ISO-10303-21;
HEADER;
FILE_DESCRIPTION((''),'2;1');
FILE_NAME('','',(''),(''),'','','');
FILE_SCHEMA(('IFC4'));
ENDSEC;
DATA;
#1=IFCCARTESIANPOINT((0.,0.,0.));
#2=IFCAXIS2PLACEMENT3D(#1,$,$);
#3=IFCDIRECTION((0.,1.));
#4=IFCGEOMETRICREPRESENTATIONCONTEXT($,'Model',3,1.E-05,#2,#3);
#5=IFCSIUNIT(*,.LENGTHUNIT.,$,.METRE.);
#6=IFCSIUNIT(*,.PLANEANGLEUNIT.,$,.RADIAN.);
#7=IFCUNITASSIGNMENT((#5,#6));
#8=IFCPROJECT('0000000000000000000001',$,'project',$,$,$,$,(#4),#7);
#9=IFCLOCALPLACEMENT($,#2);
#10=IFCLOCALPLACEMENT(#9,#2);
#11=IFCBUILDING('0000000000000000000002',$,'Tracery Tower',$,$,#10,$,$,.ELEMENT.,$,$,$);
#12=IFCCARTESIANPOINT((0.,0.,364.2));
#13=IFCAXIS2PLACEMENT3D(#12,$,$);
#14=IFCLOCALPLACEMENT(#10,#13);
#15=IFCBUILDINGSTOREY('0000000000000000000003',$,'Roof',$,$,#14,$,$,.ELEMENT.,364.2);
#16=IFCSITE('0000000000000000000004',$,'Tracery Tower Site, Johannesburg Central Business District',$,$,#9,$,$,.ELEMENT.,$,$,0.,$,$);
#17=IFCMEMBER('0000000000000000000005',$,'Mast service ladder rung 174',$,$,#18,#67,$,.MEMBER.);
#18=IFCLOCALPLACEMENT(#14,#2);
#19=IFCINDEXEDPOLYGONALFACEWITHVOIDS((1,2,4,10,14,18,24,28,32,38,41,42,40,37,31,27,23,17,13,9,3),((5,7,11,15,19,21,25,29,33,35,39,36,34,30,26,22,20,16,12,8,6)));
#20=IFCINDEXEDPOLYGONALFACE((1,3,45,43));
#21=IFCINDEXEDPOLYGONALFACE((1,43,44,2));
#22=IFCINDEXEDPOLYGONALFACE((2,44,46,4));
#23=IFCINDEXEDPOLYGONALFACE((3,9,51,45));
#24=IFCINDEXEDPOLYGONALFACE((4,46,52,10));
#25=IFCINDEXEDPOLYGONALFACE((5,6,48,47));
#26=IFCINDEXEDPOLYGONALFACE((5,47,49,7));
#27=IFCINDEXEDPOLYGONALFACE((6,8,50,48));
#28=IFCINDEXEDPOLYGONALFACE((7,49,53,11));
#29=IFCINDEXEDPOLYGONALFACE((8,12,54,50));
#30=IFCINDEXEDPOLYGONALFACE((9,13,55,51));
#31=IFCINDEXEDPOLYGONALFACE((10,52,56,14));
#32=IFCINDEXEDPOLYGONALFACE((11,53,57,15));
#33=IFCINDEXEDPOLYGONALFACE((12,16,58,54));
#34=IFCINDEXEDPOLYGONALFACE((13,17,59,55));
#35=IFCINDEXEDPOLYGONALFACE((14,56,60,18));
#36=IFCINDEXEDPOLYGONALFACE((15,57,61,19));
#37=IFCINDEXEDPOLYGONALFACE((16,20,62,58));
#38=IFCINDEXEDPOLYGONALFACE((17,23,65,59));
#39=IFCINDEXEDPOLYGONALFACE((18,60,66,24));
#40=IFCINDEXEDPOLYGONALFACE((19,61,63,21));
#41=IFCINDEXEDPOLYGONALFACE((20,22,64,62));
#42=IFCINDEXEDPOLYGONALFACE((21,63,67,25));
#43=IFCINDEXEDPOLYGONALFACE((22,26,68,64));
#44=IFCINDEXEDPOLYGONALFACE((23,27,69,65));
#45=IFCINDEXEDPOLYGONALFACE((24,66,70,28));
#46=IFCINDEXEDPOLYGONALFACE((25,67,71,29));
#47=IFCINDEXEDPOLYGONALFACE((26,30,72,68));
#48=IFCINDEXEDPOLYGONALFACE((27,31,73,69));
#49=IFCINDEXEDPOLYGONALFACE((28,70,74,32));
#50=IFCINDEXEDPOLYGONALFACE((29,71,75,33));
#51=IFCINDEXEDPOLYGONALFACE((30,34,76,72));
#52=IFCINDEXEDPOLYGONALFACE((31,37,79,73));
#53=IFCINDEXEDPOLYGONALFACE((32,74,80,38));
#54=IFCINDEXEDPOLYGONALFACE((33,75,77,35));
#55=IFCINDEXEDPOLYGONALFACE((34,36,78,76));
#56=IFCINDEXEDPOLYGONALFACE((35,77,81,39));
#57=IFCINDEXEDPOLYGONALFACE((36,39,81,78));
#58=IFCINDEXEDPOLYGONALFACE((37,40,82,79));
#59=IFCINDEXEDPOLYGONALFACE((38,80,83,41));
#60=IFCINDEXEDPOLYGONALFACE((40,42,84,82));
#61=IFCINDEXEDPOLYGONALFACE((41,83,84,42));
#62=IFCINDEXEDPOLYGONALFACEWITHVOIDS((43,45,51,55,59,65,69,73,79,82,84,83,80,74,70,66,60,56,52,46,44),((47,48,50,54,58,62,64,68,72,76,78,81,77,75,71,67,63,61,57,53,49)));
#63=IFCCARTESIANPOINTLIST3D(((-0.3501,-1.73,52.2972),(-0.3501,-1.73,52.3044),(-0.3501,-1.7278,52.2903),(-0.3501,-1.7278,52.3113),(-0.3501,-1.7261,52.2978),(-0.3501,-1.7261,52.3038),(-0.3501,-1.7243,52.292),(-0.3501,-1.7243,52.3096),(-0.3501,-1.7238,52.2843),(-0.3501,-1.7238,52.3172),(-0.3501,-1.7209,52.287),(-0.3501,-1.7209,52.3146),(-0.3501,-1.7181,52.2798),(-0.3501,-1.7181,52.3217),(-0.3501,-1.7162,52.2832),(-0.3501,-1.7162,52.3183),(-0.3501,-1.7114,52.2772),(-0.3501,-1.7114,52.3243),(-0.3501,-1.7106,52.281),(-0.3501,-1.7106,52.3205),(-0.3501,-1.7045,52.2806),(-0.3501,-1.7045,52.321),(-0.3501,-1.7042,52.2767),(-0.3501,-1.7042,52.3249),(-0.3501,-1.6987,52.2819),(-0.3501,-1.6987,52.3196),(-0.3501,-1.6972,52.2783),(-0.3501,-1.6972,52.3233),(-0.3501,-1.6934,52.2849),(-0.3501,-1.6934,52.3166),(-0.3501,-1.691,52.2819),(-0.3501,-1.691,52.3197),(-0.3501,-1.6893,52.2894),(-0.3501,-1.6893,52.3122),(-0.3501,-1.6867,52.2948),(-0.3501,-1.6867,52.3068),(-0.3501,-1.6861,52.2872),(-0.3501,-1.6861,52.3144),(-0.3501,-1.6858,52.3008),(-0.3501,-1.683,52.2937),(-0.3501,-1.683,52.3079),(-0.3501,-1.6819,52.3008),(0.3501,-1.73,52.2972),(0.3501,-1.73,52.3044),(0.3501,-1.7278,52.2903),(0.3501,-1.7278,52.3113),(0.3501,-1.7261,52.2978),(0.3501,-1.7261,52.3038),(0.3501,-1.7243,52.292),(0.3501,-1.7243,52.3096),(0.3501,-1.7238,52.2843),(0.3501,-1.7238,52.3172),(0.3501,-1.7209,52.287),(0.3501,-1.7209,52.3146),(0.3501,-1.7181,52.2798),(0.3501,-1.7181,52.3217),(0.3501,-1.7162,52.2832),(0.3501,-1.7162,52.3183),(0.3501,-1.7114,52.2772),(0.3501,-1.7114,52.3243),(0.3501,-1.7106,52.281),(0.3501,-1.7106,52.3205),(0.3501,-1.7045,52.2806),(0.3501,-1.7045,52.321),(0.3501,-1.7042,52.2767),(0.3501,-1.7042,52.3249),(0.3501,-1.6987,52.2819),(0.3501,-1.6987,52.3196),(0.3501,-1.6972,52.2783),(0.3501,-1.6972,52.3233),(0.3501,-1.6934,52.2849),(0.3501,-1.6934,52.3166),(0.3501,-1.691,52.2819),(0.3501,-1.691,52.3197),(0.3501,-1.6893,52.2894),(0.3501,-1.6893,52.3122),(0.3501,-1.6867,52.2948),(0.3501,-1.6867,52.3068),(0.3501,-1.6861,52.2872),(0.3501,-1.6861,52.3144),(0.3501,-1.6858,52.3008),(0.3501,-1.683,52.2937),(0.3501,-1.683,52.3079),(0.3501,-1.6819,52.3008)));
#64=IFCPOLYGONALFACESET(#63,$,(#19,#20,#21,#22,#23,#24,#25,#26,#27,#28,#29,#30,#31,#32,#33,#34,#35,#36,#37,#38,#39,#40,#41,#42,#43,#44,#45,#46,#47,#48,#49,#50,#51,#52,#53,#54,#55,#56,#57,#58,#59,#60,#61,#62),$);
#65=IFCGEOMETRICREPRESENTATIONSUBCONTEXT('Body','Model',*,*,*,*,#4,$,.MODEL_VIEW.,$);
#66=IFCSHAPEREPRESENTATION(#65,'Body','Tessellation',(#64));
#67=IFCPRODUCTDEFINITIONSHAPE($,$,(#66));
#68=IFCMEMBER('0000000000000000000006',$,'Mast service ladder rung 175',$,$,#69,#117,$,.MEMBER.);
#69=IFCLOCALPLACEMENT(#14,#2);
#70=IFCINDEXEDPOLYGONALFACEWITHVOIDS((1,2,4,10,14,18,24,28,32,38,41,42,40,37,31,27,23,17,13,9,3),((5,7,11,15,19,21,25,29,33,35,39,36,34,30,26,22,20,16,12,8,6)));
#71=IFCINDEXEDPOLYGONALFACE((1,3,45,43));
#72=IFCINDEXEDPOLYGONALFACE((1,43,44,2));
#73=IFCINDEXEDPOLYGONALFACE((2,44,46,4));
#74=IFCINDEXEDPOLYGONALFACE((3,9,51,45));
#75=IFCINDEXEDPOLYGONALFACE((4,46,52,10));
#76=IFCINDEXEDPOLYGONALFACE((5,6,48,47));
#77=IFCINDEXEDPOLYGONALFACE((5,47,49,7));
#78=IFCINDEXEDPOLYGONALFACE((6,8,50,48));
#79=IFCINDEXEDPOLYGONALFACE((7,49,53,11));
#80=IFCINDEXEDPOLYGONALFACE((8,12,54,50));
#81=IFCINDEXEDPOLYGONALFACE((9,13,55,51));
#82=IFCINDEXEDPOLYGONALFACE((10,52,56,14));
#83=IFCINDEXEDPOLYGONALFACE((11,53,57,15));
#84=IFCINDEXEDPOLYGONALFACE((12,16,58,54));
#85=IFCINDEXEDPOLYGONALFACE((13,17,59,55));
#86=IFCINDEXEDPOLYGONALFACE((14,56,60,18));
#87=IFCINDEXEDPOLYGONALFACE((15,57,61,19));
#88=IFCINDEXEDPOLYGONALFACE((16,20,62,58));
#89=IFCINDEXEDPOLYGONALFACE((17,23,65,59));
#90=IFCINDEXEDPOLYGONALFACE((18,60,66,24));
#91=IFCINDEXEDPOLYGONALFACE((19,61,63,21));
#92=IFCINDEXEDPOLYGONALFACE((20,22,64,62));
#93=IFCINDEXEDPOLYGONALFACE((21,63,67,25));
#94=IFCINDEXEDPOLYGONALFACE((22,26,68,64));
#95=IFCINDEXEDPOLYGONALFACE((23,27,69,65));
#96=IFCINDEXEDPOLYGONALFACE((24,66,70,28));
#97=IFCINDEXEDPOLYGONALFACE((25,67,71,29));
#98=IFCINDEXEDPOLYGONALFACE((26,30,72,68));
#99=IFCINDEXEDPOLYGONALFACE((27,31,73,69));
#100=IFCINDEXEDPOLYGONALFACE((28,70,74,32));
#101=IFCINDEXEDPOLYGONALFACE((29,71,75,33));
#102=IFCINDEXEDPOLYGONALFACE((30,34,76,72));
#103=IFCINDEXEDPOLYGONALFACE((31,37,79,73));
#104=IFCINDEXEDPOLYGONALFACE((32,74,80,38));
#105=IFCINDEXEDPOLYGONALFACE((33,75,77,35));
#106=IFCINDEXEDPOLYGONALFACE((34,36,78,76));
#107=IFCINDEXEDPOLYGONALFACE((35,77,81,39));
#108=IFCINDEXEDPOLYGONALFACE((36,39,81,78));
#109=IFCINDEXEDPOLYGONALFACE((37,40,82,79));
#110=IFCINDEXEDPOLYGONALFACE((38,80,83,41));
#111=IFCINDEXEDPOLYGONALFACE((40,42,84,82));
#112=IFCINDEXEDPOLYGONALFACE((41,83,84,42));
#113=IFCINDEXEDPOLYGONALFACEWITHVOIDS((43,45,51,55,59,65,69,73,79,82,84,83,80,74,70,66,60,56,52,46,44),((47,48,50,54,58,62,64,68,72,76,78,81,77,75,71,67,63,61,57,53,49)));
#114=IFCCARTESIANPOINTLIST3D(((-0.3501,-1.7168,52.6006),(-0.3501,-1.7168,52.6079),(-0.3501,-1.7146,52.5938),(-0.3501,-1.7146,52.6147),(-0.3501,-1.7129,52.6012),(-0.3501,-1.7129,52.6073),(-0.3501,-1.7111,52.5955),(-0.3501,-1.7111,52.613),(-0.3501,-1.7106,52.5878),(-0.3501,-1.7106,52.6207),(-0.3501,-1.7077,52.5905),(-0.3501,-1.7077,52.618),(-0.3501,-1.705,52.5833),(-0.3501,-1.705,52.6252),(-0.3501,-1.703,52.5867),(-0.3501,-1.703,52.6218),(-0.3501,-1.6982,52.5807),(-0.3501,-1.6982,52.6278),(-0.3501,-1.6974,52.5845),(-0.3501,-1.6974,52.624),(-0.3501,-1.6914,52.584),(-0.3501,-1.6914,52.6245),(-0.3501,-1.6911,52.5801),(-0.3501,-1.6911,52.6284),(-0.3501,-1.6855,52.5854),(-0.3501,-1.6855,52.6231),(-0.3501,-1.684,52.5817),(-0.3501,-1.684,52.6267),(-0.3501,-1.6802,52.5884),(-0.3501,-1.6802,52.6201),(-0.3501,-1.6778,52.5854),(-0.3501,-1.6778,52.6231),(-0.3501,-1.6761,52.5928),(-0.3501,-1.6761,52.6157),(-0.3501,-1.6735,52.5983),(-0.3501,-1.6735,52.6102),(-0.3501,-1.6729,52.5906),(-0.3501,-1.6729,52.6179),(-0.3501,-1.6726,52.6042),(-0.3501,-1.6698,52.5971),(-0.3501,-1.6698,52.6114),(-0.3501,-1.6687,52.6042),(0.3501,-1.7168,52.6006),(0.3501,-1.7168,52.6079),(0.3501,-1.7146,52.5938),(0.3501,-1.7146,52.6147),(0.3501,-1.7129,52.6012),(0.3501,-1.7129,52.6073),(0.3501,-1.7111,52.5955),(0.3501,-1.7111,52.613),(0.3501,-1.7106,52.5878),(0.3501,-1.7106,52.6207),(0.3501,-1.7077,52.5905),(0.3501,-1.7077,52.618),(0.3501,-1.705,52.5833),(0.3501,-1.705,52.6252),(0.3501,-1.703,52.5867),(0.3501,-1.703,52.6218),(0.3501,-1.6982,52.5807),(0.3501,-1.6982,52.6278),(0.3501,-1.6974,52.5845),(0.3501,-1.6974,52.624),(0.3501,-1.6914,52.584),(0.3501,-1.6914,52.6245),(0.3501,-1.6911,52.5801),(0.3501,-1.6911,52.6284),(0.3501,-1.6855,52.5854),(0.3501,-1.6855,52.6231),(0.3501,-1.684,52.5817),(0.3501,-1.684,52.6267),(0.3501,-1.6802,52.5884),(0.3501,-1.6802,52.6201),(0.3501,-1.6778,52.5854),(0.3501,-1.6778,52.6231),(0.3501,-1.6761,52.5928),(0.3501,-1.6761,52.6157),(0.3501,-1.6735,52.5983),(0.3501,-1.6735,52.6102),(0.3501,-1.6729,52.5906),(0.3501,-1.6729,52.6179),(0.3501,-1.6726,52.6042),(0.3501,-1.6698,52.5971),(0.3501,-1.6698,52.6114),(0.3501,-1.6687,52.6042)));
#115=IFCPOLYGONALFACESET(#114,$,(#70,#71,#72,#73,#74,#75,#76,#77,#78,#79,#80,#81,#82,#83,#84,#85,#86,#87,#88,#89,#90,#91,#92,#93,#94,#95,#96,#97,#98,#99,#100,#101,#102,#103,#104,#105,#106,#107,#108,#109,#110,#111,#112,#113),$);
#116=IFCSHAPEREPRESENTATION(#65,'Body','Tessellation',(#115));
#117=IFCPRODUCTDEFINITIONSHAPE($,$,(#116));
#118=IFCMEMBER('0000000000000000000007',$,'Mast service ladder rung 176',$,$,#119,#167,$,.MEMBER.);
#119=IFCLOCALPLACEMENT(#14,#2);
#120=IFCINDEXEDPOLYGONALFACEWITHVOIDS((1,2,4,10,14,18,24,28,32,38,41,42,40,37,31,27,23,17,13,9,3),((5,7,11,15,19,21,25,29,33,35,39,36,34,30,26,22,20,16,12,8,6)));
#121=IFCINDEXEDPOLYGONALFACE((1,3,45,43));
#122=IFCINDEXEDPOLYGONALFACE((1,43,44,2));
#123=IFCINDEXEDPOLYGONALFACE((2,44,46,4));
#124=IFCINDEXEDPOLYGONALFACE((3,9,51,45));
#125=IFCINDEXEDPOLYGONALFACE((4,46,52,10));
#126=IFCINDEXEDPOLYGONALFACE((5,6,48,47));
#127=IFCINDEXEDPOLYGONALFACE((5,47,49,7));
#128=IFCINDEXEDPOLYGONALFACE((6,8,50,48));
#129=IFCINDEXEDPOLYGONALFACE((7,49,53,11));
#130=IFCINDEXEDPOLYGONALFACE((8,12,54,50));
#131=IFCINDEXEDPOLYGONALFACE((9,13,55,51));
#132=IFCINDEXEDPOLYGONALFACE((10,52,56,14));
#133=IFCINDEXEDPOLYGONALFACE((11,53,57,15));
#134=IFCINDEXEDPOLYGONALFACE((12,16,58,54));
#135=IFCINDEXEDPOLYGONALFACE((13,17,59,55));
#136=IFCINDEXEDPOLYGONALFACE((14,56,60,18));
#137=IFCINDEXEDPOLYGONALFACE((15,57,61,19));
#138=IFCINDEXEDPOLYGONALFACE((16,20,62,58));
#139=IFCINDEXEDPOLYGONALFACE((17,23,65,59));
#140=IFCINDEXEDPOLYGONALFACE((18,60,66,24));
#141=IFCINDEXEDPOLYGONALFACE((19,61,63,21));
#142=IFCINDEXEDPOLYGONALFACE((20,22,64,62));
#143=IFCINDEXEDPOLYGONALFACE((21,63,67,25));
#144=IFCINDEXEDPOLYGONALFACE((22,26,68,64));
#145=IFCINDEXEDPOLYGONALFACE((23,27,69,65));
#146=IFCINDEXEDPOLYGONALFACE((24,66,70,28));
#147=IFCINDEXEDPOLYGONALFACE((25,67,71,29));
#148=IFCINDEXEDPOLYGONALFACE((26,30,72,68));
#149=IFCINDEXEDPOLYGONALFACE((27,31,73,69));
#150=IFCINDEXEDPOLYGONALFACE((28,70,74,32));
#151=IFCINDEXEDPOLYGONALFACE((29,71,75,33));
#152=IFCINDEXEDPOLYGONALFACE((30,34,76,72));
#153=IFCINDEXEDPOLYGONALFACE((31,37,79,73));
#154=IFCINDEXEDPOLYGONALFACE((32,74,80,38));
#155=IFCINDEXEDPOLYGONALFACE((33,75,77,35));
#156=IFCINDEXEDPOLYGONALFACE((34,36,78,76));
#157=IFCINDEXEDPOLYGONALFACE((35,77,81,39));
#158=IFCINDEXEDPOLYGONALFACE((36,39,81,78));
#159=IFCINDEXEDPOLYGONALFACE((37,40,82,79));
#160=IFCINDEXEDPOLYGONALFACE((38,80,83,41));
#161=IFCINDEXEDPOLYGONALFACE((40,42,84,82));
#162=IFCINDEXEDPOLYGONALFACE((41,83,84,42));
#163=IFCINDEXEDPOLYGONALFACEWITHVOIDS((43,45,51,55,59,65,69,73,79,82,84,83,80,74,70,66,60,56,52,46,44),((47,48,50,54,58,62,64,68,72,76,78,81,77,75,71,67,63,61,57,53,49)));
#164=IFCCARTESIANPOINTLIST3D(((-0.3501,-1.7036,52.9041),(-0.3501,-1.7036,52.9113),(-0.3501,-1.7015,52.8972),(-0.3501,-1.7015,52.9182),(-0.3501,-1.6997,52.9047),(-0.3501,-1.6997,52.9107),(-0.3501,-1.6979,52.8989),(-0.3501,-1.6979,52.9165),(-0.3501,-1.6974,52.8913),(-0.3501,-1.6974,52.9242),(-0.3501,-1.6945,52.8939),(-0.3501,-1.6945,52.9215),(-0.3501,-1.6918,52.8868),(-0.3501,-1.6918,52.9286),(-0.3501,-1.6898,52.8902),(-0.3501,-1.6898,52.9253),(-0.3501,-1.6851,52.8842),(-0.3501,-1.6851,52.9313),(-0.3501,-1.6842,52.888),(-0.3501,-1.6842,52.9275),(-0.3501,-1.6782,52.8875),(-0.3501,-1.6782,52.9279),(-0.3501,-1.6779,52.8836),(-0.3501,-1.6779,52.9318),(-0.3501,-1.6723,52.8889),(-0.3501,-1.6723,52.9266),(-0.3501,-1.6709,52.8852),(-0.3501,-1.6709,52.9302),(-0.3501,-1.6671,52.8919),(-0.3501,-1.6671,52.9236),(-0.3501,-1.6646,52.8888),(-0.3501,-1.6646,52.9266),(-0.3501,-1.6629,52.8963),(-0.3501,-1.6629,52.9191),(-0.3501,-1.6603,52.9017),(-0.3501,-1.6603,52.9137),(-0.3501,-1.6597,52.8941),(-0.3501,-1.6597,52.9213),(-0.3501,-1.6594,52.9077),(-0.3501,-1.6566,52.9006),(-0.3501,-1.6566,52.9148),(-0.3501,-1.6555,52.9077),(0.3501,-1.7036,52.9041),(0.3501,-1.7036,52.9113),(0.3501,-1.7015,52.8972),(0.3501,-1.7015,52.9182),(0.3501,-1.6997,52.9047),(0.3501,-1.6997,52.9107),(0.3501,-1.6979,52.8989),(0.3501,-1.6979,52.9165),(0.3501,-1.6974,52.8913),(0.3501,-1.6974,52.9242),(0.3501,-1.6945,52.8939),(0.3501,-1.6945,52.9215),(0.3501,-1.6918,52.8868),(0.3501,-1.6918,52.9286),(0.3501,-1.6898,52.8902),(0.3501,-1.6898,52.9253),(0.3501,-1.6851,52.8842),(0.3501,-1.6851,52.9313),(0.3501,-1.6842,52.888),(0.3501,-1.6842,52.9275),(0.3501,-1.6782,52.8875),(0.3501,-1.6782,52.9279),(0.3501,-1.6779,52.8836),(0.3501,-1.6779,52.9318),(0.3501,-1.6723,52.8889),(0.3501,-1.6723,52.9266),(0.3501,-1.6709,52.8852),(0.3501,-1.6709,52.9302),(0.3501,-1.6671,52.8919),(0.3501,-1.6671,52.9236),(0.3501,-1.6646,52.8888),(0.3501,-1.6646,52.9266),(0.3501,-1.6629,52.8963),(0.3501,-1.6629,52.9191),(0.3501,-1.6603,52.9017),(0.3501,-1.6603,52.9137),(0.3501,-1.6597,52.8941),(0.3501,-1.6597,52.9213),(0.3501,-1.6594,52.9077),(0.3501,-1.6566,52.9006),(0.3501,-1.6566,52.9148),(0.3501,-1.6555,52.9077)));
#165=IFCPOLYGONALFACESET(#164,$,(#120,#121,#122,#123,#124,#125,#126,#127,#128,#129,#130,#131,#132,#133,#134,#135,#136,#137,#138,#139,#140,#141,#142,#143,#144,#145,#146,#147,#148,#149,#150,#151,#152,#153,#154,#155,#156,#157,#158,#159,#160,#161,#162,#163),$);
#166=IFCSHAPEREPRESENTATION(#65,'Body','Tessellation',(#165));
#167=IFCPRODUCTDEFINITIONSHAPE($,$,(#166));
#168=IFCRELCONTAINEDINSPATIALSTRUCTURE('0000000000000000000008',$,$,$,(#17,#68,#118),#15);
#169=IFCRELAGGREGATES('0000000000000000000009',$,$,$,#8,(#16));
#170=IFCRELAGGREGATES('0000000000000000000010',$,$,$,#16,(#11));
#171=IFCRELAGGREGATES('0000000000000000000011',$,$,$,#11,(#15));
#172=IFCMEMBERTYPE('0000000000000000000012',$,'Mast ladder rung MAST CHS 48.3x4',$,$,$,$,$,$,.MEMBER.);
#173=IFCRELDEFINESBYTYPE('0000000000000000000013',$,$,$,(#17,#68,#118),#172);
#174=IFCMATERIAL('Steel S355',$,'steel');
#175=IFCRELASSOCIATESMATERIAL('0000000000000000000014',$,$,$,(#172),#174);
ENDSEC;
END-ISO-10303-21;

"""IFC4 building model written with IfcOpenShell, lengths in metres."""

from ifc_helpers import new_model, si_unit, direction, frame, origin, origin_2d, place, context, subcontext, project, spatial, hollow_circle, extrude, material, material_profile, profile_set, type_object, element, save


model = new_model("IFC4")

# Units and contexts
model_context = context("Model", 3, precision=1e-05, world=origin(), true_north=direction((0.0, 1.0)))
body_context = subcontext(model_context, "Body", "Model", "MODEL_VIEW")
ifc_project = project(units=[si_unit("LENGTHUNIT", "METRE"), si_unit("PLANEANGLEUNIT", "RADIAN")], contexts=[model_context])

# Site, building, storey
site_placement = place(None, origin())
site = spatial("IfcSite", under=ifc_project, at=site_placement, Name="Tracery Tower Site, Johannesburg Central Business District", CompositionType="ELEMENT", RefElevation=0.0)
building_placement = place(site_placement, origin())
building = spatial("IfcBuilding", under=site, at=building_placement, Name="Tracery Tower", CompositionType="ELEMENT")
storey_placement = place(building_placement, frame((0.0, 0.0, 364.2)))
storey = spatial("IfcBuildingStorey", under=building, at=storey_placement, Name="Roof", CompositionType="ELEMENT", Elevation=364.2)

# Members
ifc_material_1 = material(Name="Steel S355", Category="steel")
ifc_material_profile_1 = material_profile(ifc_material_1, hollow_circle(Radius=0.0242, WallThickness=0.0039, at=origin_2d()), Name="CHS 48.3x4")
ifc_profile_set_1 = profile_set([ifc_material_profile_1], Name="Steel S355")
member_type_1 = type_object("IfcMemberType", Name="Mast ladder rung MAST CHS 48.3x4", PredefinedType="MEMBER", material=ifc_profile_set_1)
for number, where, z_axis, x_axis, name in (
    (1, (-0.3501, -1.7061, 52.3008), (1.0, 0.0, 0.0), (0.0, 1.0, 0.0), "Mast service ladder rung 174"),
    (2, (-0.3501, -1.6929, 52.6042), (1.0, 0.0, 0.0), (0.0, 1.0, 0.0), "Mast service ladder rung 175"),
    (3, (-0.3501, -1.6797, 52.9077), (1.0, 0.0, 0.0), (0.0, 1.0, 0.0), "Mast service ladder rung 176"),
):
    element("IfcMember", number, at=place(storey_placement, frame(where, z_axis=z_axis, x_axis=x_axis)), inside=storey, type_object=member_type_1, Name=name, PredefinedType="MEMBER", context=body_context, shape_type="SweptSolid", body=[
        extrude(hollow_circle(Radius=0.0242, WallThickness=0.0039, at=origin_2d()), origin(), (0.0, 0.0, 1.0), 0.7002),
    ])

save(model, "model.ifc")
